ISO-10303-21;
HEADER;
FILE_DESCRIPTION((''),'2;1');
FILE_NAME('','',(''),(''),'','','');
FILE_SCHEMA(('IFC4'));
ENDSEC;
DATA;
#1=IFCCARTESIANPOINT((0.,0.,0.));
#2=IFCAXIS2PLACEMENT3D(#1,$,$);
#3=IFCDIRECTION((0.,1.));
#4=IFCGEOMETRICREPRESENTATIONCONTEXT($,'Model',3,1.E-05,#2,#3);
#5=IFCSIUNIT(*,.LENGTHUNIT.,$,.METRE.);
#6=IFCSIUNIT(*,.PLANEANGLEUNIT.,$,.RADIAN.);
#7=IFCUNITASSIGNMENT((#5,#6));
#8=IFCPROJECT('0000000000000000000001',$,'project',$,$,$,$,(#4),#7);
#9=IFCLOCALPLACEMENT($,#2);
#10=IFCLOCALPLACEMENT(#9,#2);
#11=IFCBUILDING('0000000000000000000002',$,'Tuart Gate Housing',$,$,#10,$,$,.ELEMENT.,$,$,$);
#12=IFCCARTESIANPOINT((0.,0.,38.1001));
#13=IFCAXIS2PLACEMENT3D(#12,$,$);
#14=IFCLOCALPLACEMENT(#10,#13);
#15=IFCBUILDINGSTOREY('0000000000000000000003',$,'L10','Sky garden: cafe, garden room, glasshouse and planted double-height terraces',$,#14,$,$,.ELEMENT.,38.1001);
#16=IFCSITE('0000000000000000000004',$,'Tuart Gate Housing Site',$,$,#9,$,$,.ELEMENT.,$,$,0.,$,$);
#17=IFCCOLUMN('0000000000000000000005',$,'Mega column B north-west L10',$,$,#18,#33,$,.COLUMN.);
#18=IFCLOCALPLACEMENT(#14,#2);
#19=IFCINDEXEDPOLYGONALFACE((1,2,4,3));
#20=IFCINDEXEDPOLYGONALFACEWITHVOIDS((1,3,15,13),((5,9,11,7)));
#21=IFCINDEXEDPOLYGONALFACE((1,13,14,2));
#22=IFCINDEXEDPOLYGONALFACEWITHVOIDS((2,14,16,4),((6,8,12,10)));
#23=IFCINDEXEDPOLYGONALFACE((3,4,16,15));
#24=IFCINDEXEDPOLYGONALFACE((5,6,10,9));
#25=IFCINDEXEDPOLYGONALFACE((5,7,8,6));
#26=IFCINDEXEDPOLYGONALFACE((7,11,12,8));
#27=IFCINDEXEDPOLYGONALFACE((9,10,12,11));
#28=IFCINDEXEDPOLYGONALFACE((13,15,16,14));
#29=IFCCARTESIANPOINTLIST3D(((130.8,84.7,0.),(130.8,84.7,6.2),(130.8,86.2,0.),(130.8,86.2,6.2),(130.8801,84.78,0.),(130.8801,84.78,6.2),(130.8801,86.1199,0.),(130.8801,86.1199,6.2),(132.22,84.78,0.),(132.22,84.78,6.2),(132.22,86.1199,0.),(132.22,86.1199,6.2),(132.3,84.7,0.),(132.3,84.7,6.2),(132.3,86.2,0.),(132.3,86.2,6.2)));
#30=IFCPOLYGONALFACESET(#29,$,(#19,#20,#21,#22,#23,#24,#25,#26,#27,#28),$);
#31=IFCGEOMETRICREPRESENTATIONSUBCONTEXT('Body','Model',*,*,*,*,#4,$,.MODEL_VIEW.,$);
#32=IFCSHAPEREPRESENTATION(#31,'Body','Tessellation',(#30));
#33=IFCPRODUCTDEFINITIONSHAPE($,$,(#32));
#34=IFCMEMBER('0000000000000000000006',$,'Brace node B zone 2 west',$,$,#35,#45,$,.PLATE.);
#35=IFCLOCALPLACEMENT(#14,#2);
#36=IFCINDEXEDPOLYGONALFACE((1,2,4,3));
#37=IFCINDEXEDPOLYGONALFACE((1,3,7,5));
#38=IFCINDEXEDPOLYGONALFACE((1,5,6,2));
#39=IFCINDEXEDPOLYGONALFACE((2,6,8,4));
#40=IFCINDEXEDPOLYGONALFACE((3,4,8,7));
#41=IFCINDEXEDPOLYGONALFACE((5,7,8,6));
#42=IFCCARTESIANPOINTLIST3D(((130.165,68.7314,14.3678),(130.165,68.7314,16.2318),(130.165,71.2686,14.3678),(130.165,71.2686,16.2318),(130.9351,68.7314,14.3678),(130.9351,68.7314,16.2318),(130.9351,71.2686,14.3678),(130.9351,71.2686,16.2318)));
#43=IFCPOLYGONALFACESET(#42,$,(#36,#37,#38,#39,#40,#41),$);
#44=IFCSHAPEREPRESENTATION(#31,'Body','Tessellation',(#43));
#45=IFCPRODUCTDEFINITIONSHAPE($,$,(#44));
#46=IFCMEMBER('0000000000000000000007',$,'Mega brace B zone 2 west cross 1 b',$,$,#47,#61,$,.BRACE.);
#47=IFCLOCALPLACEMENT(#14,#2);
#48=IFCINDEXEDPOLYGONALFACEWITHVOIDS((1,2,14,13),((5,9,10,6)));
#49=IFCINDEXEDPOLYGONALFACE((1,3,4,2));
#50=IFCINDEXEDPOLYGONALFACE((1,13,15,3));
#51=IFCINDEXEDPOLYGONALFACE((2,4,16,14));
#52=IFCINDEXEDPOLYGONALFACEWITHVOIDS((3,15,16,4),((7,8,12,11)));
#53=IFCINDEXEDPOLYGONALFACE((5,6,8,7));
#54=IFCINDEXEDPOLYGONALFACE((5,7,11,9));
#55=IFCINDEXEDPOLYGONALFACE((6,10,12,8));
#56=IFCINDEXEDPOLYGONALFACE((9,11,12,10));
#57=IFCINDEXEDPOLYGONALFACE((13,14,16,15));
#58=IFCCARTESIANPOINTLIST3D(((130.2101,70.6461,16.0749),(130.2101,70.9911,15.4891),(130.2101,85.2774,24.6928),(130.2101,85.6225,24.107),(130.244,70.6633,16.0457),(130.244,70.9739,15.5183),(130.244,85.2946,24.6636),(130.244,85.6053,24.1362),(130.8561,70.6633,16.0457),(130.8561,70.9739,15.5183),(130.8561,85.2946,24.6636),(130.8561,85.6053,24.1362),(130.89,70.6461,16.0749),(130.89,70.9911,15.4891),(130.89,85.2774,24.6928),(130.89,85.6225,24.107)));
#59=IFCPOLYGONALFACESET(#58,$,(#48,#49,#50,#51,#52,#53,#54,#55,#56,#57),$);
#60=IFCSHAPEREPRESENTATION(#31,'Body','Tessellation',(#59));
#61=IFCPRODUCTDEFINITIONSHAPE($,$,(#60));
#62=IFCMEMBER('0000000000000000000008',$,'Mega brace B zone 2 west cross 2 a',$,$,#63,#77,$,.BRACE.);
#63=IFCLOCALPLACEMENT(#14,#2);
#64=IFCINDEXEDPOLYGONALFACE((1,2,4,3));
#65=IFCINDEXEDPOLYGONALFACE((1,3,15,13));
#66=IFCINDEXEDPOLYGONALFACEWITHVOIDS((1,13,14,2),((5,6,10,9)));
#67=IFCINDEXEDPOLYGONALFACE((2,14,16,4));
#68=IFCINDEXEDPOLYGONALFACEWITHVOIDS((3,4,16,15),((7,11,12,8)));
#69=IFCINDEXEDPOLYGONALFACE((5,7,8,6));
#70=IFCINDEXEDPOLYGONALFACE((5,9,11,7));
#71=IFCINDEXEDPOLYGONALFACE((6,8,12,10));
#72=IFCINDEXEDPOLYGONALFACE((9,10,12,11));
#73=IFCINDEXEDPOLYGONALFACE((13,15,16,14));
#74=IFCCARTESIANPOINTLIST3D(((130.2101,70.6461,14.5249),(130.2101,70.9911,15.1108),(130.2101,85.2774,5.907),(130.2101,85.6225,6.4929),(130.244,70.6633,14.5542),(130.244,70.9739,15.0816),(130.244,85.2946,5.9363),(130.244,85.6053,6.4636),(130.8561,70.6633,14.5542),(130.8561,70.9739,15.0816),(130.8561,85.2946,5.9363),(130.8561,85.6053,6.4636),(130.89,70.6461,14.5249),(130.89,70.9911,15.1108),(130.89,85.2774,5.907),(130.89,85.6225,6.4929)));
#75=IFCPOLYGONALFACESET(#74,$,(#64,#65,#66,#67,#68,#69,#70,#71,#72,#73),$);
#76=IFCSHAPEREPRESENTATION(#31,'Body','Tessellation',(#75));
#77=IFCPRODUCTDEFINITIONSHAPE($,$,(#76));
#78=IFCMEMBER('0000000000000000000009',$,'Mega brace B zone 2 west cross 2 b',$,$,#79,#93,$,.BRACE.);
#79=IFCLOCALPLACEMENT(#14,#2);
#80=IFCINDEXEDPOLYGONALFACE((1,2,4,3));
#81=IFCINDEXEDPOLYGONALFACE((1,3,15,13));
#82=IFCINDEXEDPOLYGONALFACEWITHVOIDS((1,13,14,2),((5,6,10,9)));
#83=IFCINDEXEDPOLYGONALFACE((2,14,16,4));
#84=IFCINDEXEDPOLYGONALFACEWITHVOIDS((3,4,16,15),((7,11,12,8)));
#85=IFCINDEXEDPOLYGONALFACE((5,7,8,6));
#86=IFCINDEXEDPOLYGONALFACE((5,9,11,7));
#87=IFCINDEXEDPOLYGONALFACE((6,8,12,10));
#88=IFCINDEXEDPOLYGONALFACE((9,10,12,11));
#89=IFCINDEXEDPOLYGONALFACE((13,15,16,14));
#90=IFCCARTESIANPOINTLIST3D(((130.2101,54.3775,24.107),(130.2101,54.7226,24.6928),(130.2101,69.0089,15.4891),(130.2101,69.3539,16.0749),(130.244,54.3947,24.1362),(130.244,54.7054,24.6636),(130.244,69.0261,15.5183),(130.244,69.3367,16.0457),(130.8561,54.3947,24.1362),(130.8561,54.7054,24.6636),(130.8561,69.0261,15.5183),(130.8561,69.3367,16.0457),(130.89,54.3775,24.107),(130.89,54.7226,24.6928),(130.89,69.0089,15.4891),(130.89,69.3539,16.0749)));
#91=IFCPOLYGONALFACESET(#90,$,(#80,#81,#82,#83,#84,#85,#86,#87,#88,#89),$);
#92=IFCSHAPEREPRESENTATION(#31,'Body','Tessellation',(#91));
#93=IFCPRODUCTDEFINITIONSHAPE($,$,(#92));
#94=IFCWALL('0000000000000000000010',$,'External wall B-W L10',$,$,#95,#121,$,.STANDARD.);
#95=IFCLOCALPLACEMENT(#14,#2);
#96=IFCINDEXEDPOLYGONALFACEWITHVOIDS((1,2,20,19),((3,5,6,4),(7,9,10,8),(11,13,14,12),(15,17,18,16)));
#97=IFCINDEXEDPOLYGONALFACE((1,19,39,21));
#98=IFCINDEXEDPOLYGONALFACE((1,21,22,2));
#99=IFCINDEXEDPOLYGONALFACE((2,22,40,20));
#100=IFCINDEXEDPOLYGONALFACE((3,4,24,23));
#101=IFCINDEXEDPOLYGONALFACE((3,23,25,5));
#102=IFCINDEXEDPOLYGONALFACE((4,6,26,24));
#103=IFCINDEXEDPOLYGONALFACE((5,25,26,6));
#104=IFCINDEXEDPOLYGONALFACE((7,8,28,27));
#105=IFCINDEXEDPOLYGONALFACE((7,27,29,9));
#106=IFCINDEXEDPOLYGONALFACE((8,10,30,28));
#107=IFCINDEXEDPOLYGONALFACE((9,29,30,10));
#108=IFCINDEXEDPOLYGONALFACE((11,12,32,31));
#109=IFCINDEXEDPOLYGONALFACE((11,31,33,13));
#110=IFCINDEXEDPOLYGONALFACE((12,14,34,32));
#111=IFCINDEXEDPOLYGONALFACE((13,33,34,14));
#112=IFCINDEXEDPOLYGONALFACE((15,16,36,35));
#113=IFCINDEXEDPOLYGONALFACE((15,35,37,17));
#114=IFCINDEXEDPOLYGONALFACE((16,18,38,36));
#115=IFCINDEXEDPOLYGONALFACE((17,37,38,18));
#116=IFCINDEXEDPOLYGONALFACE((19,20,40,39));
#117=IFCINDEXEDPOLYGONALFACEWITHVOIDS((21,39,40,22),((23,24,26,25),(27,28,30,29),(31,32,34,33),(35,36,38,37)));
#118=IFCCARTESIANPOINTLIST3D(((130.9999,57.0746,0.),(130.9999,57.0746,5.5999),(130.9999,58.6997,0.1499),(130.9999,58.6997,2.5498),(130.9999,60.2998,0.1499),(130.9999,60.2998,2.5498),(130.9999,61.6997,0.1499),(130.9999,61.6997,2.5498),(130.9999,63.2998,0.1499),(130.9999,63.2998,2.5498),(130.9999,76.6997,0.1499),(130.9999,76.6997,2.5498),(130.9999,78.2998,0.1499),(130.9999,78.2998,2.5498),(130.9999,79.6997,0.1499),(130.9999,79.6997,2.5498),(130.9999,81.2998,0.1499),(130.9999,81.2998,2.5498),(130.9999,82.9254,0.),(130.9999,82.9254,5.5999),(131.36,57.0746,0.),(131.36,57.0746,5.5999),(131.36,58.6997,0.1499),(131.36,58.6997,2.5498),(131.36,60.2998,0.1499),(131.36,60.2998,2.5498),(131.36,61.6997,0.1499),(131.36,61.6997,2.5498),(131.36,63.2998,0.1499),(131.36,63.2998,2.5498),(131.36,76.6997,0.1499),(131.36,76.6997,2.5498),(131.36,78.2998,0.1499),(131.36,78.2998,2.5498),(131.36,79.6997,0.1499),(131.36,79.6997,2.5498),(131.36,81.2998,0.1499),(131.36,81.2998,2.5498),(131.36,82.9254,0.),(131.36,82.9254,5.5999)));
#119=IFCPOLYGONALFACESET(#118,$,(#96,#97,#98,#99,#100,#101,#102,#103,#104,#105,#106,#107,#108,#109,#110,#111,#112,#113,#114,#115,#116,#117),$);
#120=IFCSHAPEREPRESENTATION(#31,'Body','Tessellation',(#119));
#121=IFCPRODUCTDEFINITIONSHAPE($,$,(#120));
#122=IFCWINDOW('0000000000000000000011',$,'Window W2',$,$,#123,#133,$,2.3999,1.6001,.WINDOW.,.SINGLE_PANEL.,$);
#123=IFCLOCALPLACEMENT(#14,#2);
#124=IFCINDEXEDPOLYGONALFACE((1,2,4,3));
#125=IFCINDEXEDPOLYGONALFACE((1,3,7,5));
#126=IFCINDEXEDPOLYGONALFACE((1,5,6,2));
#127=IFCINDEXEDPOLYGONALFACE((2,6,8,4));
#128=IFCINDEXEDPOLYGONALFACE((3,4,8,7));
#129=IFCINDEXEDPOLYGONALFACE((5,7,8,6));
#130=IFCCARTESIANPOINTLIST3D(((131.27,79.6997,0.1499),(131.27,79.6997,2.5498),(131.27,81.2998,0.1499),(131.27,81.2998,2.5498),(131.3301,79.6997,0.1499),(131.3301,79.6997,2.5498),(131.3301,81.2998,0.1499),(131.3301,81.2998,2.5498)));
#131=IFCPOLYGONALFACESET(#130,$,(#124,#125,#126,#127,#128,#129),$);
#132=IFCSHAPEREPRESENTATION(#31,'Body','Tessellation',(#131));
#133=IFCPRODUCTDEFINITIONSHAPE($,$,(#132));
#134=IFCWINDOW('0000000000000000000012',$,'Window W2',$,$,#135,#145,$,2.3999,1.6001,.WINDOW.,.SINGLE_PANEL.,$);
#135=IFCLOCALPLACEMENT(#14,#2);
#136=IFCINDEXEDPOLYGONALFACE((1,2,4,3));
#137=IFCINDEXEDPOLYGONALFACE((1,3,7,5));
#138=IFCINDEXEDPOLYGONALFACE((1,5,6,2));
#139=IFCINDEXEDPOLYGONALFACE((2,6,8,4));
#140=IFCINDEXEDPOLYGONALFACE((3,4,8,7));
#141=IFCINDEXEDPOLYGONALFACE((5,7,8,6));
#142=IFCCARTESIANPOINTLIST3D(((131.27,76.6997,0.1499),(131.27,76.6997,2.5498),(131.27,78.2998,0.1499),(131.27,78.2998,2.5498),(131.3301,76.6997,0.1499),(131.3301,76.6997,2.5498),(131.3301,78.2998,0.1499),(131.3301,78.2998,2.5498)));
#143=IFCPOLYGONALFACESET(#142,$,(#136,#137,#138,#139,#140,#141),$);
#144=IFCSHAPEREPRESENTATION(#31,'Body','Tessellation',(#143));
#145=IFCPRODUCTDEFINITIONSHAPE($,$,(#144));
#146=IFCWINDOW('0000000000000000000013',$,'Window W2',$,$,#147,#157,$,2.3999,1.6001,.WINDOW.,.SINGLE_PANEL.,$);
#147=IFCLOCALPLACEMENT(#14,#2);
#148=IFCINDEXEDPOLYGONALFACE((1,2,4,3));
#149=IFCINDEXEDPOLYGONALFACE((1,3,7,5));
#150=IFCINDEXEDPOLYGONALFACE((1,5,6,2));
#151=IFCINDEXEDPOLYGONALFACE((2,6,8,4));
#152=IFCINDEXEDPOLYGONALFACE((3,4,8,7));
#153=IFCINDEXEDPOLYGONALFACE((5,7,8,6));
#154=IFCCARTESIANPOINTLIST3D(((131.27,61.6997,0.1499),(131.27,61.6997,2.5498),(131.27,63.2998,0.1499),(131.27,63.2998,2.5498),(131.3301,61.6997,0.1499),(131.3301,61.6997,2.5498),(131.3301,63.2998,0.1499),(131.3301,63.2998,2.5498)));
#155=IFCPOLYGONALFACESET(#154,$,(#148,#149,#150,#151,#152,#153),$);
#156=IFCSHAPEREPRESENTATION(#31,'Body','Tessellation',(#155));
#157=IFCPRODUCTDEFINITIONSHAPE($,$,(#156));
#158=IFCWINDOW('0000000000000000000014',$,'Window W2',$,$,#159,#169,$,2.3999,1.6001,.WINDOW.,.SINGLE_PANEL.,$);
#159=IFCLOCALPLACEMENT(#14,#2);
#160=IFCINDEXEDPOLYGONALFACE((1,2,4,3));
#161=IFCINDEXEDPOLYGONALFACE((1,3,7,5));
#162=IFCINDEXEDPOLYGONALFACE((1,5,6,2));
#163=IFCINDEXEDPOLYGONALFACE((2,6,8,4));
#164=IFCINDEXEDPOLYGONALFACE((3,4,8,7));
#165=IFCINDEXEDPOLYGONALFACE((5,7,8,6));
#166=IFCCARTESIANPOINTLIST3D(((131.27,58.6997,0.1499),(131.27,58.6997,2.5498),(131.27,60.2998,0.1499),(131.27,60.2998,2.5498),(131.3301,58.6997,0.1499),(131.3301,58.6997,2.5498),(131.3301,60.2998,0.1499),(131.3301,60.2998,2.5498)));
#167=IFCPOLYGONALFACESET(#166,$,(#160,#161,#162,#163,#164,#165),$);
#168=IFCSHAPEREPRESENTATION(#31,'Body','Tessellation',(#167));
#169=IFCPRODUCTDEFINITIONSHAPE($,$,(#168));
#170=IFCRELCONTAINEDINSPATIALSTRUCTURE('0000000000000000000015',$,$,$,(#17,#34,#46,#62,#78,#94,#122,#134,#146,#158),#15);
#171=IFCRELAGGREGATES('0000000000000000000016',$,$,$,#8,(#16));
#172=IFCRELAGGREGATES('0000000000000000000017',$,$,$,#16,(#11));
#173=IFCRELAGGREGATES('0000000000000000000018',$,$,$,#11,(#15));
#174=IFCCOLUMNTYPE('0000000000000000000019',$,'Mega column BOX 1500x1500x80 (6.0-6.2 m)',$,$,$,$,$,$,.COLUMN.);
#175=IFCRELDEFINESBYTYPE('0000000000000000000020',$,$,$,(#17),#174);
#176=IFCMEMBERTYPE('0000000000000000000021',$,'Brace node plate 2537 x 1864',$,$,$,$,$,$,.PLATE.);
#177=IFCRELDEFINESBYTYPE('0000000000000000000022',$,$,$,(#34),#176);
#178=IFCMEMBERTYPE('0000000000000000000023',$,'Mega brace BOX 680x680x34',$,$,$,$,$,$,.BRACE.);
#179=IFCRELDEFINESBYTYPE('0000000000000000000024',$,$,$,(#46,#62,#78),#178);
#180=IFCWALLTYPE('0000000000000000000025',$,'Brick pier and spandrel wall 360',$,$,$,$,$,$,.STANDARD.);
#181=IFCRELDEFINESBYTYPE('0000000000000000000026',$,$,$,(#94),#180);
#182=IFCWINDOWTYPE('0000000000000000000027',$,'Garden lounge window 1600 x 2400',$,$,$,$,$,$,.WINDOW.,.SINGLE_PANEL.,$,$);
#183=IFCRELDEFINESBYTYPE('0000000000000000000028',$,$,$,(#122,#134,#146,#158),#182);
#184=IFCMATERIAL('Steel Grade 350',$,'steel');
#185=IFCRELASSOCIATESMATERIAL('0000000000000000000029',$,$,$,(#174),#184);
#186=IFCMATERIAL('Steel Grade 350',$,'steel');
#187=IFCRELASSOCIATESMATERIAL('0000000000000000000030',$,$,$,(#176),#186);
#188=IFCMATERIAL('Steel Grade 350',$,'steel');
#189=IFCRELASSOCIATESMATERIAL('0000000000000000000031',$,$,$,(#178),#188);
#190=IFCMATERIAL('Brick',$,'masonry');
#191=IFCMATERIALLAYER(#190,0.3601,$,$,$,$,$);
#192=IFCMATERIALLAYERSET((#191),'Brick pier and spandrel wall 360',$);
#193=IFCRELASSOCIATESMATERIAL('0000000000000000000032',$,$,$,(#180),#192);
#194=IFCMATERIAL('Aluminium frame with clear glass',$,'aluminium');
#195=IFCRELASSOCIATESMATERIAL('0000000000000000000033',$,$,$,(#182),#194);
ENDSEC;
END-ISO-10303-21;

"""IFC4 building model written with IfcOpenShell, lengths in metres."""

from ifc_helpers import new_model, si_unit, direction, frame, frame_2d, origin, origin_2d, place, context, subcontext, project, spatial, rectangle, hollow_rectangle, extrude, material, layer, layer_set, material_profile, profile_set, type_object, element, fill, save


model = new_model("IFC4")

# Units and contexts
model_context = context("Model", 3, precision=1e-05, world=origin(), true_north=direction((0.0, 1.0)))
body_context = subcontext(model_context, "Body", "Model", "MODEL_VIEW")
ifc_project = project(units=[si_unit("LENGTHUNIT", "METRE"), si_unit("PLANEANGLEUNIT", "RADIAN")], contexts=[model_context])

# Site, building, storey
site_placement = place(None, origin())
site = spatial("IfcSite", under=ifc_project, at=site_placement, Name="Tuart Gate Housing Site", CompositionType="ELEMENT", RefElevation=0.0)
building_placement = place(site_placement, origin())
building = spatial("IfcBuilding", under=site, at=building_placement, Name="Tuart Gate Housing", CompositionType="ELEMENT")
storey_placement = place(building_placement, frame((0.0, 0.0, 38.1001)))
storey = spatial("IfcBuildingStorey", under=building, at=storey_placement, Name="L10", Description="Sky garden: cafe, garden room, glasshouse and planted double-height terraces", CompositionType="ELEMENT", Elevation=38.1001)

# Column
ifc_material_1 = material(Name="Steel Grade 350", Category="steel")
ifc_material_profile_1 = material_profile(ifc_material_1, hollow_rectangle(XDim=1.5, YDim=1.5, WallThickness=0.0801, at=origin_2d()), Name="BOX 1500x1500x80")
ifc_profile_set_1 = profile_set([ifc_material_profile_1], Name="Steel Grade 350")
column_type = type_object("IfcColumnType", Name="Mega column BOX 1500x1500x80 (6.0-6.2 m)", PredefinedType="COLUMN", material=ifc_profile_set_1)
column_placement = place(storey_placement, frame((131.55, 85.45, 0.0), z_axis=(0.0, 0.0, 1.0), x_axis=(1.0, 0.0, 0.0)))
element("IfcColumn", 1, at=column_placement, inside=storey, type_object=column_type, Name="Mega column B north-west L10", PredefinedType="COLUMN", context=body_context, shape_type="SweptSolid", body=[
    extrude(hollow_rectangle(XDim=1.5, YDim=1.5, WallThickness=0.0801, at=origin_2d()), origin(), (0.0, 0.0, 1.0), 6.2),
])

# Members
ifc_material_2 = material(Name="Steel Grade 350", Category="steel")
ifc_material_profile_2 = material_profile(ifc_material_2, rectangle(XDim=2.5371, YDim=1.864, at=origin_2d()), Name="Brace node plate 2537 x 1864")
ifc_profile_set_2 = profile_set([ifc_material_profile_2], Name="Steel Grade 350")
member_type_1 = type_object("IfcMemberType", Name="Brace node plate 2537 x 1864", PredefinedType="PLATE", material=ifc_profile_set_2)
member_placement = place(storey_placement, frame((130.165, 70.0, 15.2998), z_axis=(1.0, 0.0, 0.0), x_axis=(0.0, 1.0, 0.0)))
element("IfcMember", 2, at=member_placement, inside=storey, type_object=member_type_1, Name="Brace node B zone 2 west", PredefinedType="PLATE", context=body_context, shape_type="SweptSolid", body=[
    extrude(rectangle(XDim=2.5371, YDim=1.864, at=origin_2d()), origin(), (0.0, 0.0, 1.0), 0.77),
])
ifc_material_3 = material(Name="Steel Grade 350", Category="steel")
ifc_material_profile_3 = material_profile(ifc_material_3, hollow_rectangle(XDim=0.6799, YDim=0.6799, WallThickness=0.0339, at=origin_2d()), Name="BOX 680x680x34")
ifc_profile_set_3 = profile_set([ifc_material_profile_3], Name="Steel Grade 350")
member_type_2 = type_object("IfcMemberType", Name="Mega brace BOX 680x680x34", PredefinedType="BRACE", material=ifc_profile_set_3)
for number, where, z_axis, x_axis, name in (
    (3, (130.55, 70.8186, 15.782), (0.0, 0.861645, 0.507512), (-1.0, 0.0, 0.0), "Mega brace B zone 2 west cross 1 b"),
    (4, (130.55, 85.45, 6.2), (0.0, -0.861645, 0.507512), (1.0, 0.0, 0.0), "Mega brace B zone 2 west cross 2 a"),
    (5, (130.55, 69.1814, 15.782), (0.0, -0.861645, 0.507512), (1.0, 0.0, 0.0), "Mega brace B zone 2 west cross 2 b"),
):
    element("IfcMember", number, at=place(storey_placement, frame(where, z_axis=z_axis, x_axis=x_axis)), inside=storey, type_object=member_type_2, Name=name, PredefinedType="BRACE", context=body_context, shape_type="SweptSolid", body=[
        extrude(hollow_rectangle(XDim=0.6799, YDim=0.6799, WallThickness=0.0339, at=origin_2d()), origin(), (0.0, 0.0, 1.0), 16.9807),
    ])

# Wall, openings, windows
ifc_material_4 = material(Name="Brick", Category="masonry")
ifc_layer_1 = layer(ifc_material_4, 0.3601)
ifc_layer_set_1 = layer_set([ifc_layer_1], Name="Brick pier and spandrel wall 360")
wall_type_1 = type_object("IfcWallType", Name="Brick pier and spandrel wall 360", PredefinedType="STANDARD", material=ifc_layer_set_1)
wall_1_placement = place(storey_placement, frame((131.1799, 82.9253, 0.0), z_axis=(0.0, 0.0, 1.0), x_axis=(0.0, -1.0, 0.0)))
wall_1 = element("IfcWall", 6, at=wall_1_placement, inside=storey, type_object=wall_type_1, Name="External wall B-W L10", PredefinedType="STANDARD", context=body_context, shape_type="SweptSolid", body=[
    extrude(rectangle(XDim=25.8508, YDim=0.3601, at=frame_2d((12.9253, 0.0))), origin(), (0.0, 0.0, 1.0), 5.5999),
])
opening_1_placement = place(wall_1_placement, frame((1.6255, 0.0, 0.1499)))
opening_1 = element("IfcOpeningElement", 7, at=opening_1_placement, cuts=wall_1, PredefinedType="OPENING", context=body_context, shape_type="SweptSolid", body=[
    extrude(rectangle(XDim=1.6001, YDim=2.3999, at=frame_2d((0.8, 1.2))), frame((0.0, 0.1899, 0.0), z_axis=(0.0, -1.0, 0.0), x_axis=(1.0, 0.0, 0.0)), (0.0, 0.0, 1.0), 0.3801),
])
opening_2_placement = place(wall_1_placement, frame((4.6255, 0.0, 0.1499)))
opening_2 = element("IfcOpeningElement", 8, at=opening_2_placement, cuts=wall_1, PredefinedType="OPENING", context=body_context, shape_type="SweptSolid", body=[
    extrude(rectangle(XDim=1.6001, YDim=2.3999, at=frame_2d((0.8, 1.2))), frame((0.0, 0.1899, 0.0), z_axis=(0.0, -1.0, 0.0), x_axis=(1.0, 0.0, 0.0)), (0.0, 0.0, 1.0), 0.3801),
])
opening_3_placement = place(wall_1_placement, frame((19.6255, 0.0, 0.1499)))
opening_3 = element("IfcOpeningElement", 9, at=opening_3_placement, cuts=wall_1, PredefinedType="OPENING", context=body_context, shape_type="SweptSolid", body=[
    extrude(rectangle(XDim=1.6001, YDim=2.3999, at=frame_2d((0.8, 1.2))), frame((0.0, 0.1899, 0.0), z_axis=(0.0, -1.0, 0.0), x_axis=(1.0, 0.0, 0.0)), (0.0, 0.0, 1.0), 0.3801),
])
opening_4_placement = place(wall_1_placement, frame((22.6255, 0.0, 0.1499)))
opening_4 = element("IfcOpeningElement", 10, at=opening_4_placement, cuts=wall_1, PredefinedType="OPENING", context=body_context, shape_type="SweptSolid", body=[
    extrude(rectangle(XDim=1.6001, YDim=2.3999, at=frame_2d((0.8, 1.2))), frame((0.0, 0.1899, 0.0), z_axis=(0.0, -1.0, 0.0), x_axis=(1.0, 0.0, 0.0)), (0.0, 0.0, 1.0), 0.3801),
])
ifc_material_5 = material(Name="Aluminium frame with clear glass", Category="aluminium")
window_type = type_object("IfcWindowType", Name="Garden lounge window 1600 x 2400", PartitioningType="SINGLE_PANEL", PredefinedType="WINDOW", material=ifc_material_5)
window_1_placement = place(opening_1_placement, origin())
window_1 = element("IfcWindow", 11, at=window_1_placement, inside=storey, type_object=window_type, Name="Window W2", OverallHeight=2.3999, OverallWidth=1.6001, PartitioningType="SINGLE_PANEL", PredefinedType="WINDOW", context=body_context, shape_type="SweptSolid", body=[
    extrude(rectangle(XDim=1.6001, YDim=2.3999, at=frame_2d((0.8, 1.2))), frame((0.0, 0.1501, 0.0), z_axis=(0.0, -1.0, 0.0), x_axis=(1.0, 0.0, 0.0)), (0.0, 0.0, 1.0), 0.0601),
])
fill(opening_1, window_1)
window_2_placement = place(opening_2_placement, origin())
window_2 = element("IfcWindow", 12, at=window_2_placement, inside=storey, type_object=window_type, Name="Window W2", OverallHeight=2.3999, OverallWidth=1.6001, PartitioningType="SINGLE_PANEL", PredefinedType="WINDOW", context=body_context, shape_type="SweptSolid", body=[
    extrude(rectangle(XDim=1.6001, YDim=2.3999, at=frame_2d((0.8, 1.2))), frame((0.0, 0.1501, 0.0), z_axis=(0.0, -1.0, 0.0), x_axis=(1.0, 0.0, 0.0)), (0.0, 0.0, 1.0), 0.0601),
])
fill(opening_2, window_2)
window_3_placement = place(opening_3_placement, origin())
window_3 = element("IfcWindow", 13, at=window_3_placement, inside=storey, type_object=window_type, Name="Window W2", OverallHeight=2.3999, OverallWidth=1.6001, PartitioningType="SINGLE_PANEL", PredefinedType="WINDOW", context=body_context, shape_type="SweptSolid", body=[
    extrude(rectangle(XDim=1.6001, YDim=2.3999, at=frame_2d((0.8, 1.2))), frame((0.0, 0.1501, 0.0), z_axis=(0.0, -1.0, 0.0), x_axis=(1.0, 0.0, 0.0)), (0.0, 0.0, 1.0), 0.0601),
])
fill(opening_3, window_3)
window_4_placement = place(opening_4_placement, origin())
window_4 = element("IfcWindow", 14, at=window_4_placement, inside=storey, type_object=window_type, Name="Window W2", OverallHeight=2.3999, OverallWidth=1.6001, PartitioningType="SINGLE_PANEL", PredefinedType="WINDOW", context=body_context, shape_type="SweptSolid", body=[
    extrude(rectangle(XDim=1.6001, YDim=2.3999, at=frame_2d((0.8, 1.2))), frame((0.0, 0.1501, 0.0), z_axis=(0.0, -1.0, 0.0), x_axis=(1.0, 0.0, 0.0)), (0.0, 0.0, 1.0), 0.0601),
])
fill(opening_4, window_4)

save(model, "model.ifc")
